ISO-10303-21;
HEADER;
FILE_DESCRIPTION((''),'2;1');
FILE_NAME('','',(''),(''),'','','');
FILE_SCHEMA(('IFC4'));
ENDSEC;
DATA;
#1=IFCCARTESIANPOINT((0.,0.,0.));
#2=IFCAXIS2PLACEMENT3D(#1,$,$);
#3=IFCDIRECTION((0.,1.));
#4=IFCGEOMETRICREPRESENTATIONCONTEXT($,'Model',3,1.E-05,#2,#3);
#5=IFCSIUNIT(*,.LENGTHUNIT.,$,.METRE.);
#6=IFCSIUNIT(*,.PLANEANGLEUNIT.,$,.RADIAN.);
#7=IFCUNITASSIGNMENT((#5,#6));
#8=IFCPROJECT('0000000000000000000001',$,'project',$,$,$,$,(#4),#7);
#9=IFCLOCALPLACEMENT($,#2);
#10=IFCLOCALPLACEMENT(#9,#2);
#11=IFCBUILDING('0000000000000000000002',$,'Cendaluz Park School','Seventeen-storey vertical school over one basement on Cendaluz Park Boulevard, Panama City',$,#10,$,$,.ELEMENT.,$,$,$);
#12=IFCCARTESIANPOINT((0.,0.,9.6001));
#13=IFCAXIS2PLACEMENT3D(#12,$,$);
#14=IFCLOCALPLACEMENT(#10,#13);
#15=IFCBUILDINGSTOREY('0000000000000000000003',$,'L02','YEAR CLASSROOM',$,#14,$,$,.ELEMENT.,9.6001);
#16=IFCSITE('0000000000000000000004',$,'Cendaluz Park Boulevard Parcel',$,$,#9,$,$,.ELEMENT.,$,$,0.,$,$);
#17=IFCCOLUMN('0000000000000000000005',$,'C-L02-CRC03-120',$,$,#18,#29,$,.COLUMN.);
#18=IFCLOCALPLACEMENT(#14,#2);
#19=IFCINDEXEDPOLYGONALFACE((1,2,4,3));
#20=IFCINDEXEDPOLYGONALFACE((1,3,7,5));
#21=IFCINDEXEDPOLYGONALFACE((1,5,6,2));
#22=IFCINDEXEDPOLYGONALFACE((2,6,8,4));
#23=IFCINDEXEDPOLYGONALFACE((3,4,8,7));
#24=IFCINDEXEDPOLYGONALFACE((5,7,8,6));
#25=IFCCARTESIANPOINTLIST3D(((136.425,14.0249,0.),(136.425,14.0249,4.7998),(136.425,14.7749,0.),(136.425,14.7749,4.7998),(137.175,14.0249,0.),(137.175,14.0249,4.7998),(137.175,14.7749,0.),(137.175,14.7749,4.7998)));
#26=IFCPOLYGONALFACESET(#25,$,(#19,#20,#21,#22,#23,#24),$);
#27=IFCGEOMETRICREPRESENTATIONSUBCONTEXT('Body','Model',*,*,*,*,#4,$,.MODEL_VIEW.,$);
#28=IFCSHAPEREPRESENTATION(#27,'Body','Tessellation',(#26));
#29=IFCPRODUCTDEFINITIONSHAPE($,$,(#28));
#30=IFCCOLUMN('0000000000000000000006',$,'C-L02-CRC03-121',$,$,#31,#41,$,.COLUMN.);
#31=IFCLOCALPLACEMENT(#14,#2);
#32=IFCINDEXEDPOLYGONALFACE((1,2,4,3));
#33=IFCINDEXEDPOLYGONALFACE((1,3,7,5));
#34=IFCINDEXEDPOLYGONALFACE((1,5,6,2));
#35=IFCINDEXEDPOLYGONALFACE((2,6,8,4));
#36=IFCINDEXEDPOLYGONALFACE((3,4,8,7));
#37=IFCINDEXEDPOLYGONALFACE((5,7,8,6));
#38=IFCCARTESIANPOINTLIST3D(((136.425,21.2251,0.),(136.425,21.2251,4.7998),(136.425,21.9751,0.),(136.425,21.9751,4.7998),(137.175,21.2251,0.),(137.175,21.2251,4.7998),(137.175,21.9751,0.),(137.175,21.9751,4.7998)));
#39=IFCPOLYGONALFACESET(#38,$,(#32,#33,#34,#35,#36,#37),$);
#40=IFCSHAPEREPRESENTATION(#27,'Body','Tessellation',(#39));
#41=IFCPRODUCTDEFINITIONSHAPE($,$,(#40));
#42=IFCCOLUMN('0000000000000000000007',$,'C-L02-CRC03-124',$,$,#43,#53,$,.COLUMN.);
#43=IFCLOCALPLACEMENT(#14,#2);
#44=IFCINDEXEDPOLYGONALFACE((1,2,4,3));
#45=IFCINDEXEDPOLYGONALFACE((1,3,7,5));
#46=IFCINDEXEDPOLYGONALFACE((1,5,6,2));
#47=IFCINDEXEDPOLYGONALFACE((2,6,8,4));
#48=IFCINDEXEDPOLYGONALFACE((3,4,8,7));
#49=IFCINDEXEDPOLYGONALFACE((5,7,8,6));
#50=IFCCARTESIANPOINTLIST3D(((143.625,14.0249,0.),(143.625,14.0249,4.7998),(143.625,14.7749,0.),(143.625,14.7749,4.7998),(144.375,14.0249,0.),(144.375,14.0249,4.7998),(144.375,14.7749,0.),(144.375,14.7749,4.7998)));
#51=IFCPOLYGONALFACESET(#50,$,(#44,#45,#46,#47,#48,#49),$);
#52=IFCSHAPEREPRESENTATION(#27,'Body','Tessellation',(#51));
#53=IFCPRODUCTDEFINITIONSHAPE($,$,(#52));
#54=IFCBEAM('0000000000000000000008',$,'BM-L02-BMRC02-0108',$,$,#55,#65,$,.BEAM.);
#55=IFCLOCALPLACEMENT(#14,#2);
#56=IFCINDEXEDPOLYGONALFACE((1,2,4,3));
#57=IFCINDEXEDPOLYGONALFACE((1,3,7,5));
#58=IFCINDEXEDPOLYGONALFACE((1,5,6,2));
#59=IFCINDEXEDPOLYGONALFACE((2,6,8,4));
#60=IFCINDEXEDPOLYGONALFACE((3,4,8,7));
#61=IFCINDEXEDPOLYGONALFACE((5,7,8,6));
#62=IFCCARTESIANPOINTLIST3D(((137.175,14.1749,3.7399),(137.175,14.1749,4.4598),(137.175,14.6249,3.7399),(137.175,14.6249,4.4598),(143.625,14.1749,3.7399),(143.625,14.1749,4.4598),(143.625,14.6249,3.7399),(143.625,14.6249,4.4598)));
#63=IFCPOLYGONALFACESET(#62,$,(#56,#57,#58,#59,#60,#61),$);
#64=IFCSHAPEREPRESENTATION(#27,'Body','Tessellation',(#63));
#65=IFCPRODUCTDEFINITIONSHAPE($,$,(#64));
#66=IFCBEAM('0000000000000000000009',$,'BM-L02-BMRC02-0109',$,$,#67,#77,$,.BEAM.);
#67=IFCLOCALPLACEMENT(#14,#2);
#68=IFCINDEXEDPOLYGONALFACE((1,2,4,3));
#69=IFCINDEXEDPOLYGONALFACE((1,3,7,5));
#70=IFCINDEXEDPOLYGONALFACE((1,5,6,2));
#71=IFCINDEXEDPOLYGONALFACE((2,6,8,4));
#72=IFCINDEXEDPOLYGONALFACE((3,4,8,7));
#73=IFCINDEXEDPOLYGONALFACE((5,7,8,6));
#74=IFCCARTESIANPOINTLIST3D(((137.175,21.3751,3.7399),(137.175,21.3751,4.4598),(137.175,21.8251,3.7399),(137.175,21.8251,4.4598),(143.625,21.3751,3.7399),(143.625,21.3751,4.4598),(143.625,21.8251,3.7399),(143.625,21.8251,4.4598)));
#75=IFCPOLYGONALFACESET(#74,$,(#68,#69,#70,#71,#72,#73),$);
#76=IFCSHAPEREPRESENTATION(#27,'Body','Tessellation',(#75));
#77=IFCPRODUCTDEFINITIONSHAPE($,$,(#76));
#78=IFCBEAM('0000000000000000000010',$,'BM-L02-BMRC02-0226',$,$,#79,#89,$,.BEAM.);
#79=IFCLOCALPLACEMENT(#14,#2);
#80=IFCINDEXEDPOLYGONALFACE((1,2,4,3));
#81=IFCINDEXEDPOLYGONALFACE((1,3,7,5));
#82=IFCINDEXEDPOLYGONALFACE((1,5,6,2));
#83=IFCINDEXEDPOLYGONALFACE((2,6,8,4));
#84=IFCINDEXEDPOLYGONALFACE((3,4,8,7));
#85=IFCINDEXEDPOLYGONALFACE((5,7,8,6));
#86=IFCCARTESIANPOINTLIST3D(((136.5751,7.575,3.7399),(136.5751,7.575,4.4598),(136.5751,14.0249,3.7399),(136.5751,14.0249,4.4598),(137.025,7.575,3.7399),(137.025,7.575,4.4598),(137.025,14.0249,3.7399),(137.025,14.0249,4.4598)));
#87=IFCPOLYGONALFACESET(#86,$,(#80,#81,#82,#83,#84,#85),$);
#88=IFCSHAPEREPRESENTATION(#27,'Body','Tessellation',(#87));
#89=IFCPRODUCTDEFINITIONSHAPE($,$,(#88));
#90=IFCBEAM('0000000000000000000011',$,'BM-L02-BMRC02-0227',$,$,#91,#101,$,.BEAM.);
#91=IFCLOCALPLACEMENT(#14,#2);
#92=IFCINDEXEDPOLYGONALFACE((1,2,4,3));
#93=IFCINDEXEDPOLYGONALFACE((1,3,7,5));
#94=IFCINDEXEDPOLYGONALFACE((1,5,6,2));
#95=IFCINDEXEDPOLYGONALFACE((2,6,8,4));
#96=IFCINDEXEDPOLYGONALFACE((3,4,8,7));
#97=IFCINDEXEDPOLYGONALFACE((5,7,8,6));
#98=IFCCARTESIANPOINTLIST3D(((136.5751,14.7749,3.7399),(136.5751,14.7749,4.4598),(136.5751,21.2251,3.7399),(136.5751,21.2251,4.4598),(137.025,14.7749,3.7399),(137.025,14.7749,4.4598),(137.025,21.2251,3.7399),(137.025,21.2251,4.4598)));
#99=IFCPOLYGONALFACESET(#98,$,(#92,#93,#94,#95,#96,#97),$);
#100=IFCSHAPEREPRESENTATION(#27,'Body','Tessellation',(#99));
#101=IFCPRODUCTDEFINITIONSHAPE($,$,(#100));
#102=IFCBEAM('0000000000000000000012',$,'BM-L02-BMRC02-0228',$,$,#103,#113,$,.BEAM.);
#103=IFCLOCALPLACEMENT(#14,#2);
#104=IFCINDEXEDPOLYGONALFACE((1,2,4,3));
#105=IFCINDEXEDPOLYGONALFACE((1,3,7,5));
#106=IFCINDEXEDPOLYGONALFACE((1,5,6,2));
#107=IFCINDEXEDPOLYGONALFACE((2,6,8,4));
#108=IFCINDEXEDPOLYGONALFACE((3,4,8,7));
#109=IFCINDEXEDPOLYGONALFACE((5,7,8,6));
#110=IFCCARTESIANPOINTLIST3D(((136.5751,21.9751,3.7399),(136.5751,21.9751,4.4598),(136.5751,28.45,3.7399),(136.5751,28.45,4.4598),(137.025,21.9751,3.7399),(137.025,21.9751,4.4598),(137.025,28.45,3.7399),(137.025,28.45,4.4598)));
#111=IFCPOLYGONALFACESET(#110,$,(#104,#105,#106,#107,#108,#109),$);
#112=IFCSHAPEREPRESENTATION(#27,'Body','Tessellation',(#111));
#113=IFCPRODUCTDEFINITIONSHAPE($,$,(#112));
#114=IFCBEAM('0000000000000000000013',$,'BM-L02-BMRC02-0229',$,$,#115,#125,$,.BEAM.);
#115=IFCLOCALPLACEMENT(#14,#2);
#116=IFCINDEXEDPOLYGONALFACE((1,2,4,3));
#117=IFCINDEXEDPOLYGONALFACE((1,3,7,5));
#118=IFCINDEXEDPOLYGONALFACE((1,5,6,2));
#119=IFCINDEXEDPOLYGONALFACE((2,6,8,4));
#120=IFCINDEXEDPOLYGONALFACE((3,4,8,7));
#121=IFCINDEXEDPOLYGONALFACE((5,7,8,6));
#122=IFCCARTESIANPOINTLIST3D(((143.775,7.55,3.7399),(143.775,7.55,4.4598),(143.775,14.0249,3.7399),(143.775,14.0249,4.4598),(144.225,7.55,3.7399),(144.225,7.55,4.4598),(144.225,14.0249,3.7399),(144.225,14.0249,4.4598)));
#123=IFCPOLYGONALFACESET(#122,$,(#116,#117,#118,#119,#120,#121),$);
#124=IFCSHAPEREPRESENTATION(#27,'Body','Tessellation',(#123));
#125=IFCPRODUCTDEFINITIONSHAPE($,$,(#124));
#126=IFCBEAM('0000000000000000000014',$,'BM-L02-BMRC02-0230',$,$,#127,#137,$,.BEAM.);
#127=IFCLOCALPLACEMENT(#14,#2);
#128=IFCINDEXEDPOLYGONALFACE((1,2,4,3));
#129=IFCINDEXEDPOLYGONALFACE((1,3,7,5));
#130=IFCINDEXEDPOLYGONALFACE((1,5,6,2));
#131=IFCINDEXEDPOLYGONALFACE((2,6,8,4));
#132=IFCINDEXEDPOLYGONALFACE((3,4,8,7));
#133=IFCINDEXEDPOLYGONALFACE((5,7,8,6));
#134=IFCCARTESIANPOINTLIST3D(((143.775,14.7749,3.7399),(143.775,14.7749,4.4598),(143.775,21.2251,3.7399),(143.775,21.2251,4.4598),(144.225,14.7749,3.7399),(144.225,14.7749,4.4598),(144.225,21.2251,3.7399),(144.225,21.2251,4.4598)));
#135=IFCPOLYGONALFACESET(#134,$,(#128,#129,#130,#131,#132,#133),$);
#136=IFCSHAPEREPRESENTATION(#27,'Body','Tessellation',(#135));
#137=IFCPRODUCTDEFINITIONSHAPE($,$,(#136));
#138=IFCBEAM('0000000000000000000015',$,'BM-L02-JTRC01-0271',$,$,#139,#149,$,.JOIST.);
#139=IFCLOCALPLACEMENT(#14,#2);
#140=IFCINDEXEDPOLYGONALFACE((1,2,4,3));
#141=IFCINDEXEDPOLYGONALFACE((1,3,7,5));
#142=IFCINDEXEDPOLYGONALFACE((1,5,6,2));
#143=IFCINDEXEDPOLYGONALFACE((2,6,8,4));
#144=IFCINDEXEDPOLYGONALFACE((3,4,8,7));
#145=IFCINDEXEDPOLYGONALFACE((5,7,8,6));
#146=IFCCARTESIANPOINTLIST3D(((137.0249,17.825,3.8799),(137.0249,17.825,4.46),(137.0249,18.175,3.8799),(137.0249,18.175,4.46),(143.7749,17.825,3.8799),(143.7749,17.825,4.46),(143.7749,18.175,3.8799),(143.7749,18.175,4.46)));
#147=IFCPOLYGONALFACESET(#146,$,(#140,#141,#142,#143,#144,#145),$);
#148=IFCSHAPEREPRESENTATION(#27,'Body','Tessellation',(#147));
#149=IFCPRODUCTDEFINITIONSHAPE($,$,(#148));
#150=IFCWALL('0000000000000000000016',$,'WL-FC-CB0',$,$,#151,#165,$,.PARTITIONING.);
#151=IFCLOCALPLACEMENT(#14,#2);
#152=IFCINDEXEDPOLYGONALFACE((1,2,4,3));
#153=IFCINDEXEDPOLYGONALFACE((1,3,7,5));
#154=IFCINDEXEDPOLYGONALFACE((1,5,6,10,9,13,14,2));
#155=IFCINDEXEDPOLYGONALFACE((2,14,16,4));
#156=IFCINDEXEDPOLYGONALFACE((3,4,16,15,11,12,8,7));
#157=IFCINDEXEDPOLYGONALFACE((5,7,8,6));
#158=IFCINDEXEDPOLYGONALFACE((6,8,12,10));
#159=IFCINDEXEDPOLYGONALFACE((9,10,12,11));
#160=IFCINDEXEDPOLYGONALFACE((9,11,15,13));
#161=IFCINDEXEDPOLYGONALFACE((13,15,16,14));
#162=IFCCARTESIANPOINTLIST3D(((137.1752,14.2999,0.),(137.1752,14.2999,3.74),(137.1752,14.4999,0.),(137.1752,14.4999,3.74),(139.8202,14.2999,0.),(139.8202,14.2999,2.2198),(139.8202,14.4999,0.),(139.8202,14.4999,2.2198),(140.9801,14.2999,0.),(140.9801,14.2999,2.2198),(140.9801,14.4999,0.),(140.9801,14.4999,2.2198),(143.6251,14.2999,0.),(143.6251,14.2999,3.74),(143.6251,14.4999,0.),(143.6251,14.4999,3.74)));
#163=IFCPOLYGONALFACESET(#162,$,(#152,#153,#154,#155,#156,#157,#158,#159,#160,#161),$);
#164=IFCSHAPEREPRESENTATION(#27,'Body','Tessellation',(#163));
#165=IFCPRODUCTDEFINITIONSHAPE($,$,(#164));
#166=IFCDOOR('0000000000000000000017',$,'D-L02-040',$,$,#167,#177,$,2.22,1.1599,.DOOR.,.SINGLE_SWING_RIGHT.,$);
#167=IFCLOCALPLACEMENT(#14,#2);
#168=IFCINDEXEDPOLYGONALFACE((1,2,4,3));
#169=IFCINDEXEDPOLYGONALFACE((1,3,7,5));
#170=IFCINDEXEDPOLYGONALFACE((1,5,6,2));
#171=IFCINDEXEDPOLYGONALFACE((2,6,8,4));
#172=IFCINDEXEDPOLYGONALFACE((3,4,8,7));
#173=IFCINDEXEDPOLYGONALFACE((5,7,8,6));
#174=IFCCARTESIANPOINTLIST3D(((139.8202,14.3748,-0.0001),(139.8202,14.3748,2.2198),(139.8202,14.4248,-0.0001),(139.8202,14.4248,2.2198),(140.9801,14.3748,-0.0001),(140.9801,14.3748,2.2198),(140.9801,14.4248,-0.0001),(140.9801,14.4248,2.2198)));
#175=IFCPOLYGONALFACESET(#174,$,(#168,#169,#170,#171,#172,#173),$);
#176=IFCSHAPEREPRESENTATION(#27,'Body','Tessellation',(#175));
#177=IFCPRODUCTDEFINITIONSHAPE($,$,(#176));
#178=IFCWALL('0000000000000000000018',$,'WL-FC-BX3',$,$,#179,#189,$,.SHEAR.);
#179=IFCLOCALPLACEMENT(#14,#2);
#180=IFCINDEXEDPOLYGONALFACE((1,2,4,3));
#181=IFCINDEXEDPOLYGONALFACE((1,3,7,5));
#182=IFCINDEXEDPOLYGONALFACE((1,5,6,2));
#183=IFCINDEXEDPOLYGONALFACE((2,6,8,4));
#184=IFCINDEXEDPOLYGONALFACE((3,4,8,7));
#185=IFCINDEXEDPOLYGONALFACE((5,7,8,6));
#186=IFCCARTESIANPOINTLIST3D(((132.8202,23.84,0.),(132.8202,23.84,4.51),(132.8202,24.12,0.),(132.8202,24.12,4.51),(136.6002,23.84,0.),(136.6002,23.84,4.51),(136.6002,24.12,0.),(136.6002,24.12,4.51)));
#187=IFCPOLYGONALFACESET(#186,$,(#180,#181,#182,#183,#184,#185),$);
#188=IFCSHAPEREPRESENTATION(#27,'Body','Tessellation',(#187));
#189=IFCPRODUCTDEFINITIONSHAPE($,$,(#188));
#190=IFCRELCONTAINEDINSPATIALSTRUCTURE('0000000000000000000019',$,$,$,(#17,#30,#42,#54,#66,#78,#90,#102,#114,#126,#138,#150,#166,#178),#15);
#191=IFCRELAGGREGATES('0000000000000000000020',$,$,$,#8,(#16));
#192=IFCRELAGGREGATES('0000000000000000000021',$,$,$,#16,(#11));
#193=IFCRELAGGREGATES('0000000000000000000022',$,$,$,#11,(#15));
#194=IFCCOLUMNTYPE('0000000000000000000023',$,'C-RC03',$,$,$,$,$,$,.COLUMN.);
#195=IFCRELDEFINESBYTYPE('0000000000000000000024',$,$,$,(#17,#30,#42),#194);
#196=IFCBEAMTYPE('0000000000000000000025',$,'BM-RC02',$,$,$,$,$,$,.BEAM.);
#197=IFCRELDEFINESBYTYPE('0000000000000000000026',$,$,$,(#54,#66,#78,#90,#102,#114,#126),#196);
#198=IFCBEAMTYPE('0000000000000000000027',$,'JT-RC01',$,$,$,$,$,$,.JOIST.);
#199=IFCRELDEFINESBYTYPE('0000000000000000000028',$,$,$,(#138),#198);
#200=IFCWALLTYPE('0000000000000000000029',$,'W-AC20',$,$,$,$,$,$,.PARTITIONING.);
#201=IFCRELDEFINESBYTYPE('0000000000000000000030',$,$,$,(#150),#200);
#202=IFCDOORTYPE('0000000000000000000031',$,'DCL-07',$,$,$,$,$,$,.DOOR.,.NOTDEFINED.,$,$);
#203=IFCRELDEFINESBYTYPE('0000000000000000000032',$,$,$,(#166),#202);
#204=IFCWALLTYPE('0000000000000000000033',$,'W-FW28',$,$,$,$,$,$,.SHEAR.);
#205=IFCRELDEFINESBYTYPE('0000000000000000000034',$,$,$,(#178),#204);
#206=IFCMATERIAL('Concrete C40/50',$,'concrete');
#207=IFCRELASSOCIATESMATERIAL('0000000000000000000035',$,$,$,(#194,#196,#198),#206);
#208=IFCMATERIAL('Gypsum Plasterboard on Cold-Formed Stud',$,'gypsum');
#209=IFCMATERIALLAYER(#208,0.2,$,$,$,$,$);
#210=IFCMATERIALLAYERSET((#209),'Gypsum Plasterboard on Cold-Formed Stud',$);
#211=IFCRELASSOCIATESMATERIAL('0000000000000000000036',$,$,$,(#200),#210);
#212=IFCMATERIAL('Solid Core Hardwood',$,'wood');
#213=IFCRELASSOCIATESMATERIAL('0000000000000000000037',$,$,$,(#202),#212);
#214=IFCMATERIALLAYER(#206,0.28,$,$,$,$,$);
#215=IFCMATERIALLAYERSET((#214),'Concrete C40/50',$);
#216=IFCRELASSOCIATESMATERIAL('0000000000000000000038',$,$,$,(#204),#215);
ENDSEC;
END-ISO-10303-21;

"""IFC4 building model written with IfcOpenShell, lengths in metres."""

from ifc_helpers import new_model, si_unit, direction, frame, frame_2d, origin, origin_2d, place, context, subcontext, project, spatial, rectangle, extrude, material, layer, layer_set, material_profile, profile_set, type_object, element, fill, save


model = new_model("IFC4")

# Units and contexts
model_context = context("Model", 3, precision=1e-05, world=origin(), true_north=direction((0.0, 1.0)))
body_context = subcontext(model_context, "Body", "Model", "MODEL_VIEW")
ifc_project = project(units=[si_unit("LENGTHUNIT", "METRE"), si_unit("PLANEANGLEUNIT", "RADIAN")], contexts=[model_context])

# Site, building, storey
site_placement = place(None, origin())
site = spatial("IfcSite", under=ifc_project, at=site_placement, Name="Cendaluz Park Boulevard Parcel", CompositionType="ELEMENT", RefElevation=0.0)
building_placement = place(site_placement, origin())
building = spatial("IfcBuilding", under=site, at=building_placement, Name="Cendaluz Park School", Description="Seventeen-storey vertical school over one basement on Cendaluz Park Boulevard, Panama City", CompositionType="ELEMENT")
storey_placement = place(building_placement, frame((0.0, 0.0, 9.6001)))
storey = spatial("IfcBuildingStorey", under=building, at=storey_placement, Name="L02", Description="YEAR CLASSROOM", CompositionType="ELEMENT", Elevation=9.6001)

# Columns
ifc_material_1 = material(Name="Concrete C40/50", Category="concrete")
ifc_material_profile_1 = material_profile(ifc_material_1, rectangle(XDim=0.75, YDim=0.75, at=origin_2d()), Name="RC 750x750", Category="concrete")
ifc_profile_set_1 = profile_set([ifc_material_profile_1], Name="Concrete C40/50")
column_type = type_object("IfcColumnType", Name="C-RC03", PredefinedType="COLUMN", material=ifc_profile_set_1)
for number, where, z_axis, x_axis, name in (
    (1, (136.8, 14.3999, 0.0), (0.0, 0.0, 1.0), (1.0, 0.0, 0.0), "C-L02-CRC03-120"),
    (2, (136.8, 21.6001, 0.0), (0.0, 0.0, 1.0), (1.0, 0.0, 0.0), "C-L02-CRC03-121"),
    (3, (144.0, 14.3999, 0.0), (0.0, 0.0, 1.0), (1.0, 0.0, 0.0), "C-L02-CRC03-124"),
):
    element("IfcColumn", number, at=place(storey_placement, frame(where, z_axis=z_axis, x_axis=x_axis)), inside=storey, type_object=column_type, Name=name, PredefinedType="COLUMN", context=body_context, shape_type="SweptSolid", body=[
        extrude(rectangle(XDim=0.75, YDim=0.75, at=origin_2d()), origin(), (0.0, 0.0, 1.0), 4.7998),
    ])

# Beams
ifc_material_profile_2 = material_profile(ifc_material_1, rectangle(XDim=0.45, YDim=0.72, at=origin_2d()), Name="RC 450x720", Category="concrete")
ifc_profile_set_2 = profile_set([ifc_material_profile_2], Name="Concrete C40/50")
beam_type_1 = type_object("IfcBeamType", Name="BM-RC02", PredefinedType="BEAM", material=ifc_profile_set_2)
for number, where, z_axis, x_axis, name in (
    (4, (137.175, 14.3999, 4.0999), (1.0, 0.0, 0.0), (0.0, 1.0, 0.0), "BM-L02-BMRC02-0108"),
    (5, (137.175, 21.6001, 4.0999), (1.0, 0.0, 0.0), (0.0, 1.0, 0.0), "BM-L02-BMRC02-0109"),
    (6, (136.8, 7.575, 4.0999), (0.0, 1.0, 0.0), (-1.0, 0.0, 0.0), "BM-L02-BMRC02-0226"),
):
    element("IfcBeam", number, at=place(storey_placement, frame(where, z_axis=z_axis, x_axis=x_axis)), inside=storey, type_object=beam_type_1, Name=name, PredefinedType="BEAM", context=body_context, shape_type="SweptSolid", body=[
        extrude(rectangle(XDim=0.45, YDim=0.72, at=origin_2d()), origin(), (0.0, 0.0, 1.0), 6.45),
    ])
beam_1_placement = place(storey_placement, frame((136.8, 14.7749, 4.0999), z_axis=(0.0, 1.0, 0.0), x_axis=(-1.0, 0.0, 0.0)))
element("IfcBeam", 7, at=beam_1_placement, inside=storey, type_object=beam_type_1, Name="BM-L02-BMRC02-0227", PredefinedType="BEAM", context=body_context, shape_type="SweptSolid", body=[
    extrude(rectangle(XDim=0.45, YDim=0.72, at=origin_2d()), origin(), (0.0, 0.0, 1.0), 6.4502),
])
for number, where, z_axis, x_axis, name in (
    (8, (136.8, 21.9751, 4.0999), (0.0, 1.0, 0.0), (-1.0, 0.0, 0.0), "BM-L02-BMRC02-0228"),
    (9, (144.0, 7.55, 4.0999), (0.0, 1.0, 0.0), (-1.0, 0.0, 0.0), "BM-L02-BMRC02-0229"),
):
    element("IfcBeam", number, at=place(storey_placement, frame(where, z_axis=z_axis, x_axis=x_axis)), inside=storey, type_object=beam_type_1, Name=name, PredefinedType="BEAM", context=body_context, shape_type="SweptSolid", body=[
        extrude(rectangle(XDim=0.45, YDim=0.72, at=origin_2d()), origin(), (0.0, 0.0, 1.0), 6.4749),
    ])
beam_2_placement = place(storey_placement, frame((144.0, 14.7749, 4.0999), z_axis=(0.0, 1.0, 0.0), x_axis=(-1.0, 0.0, 0.0)))
element("IfcBeam", 10, at=beam_2_placement, inside=storey, type_object=beam_type_1, Name="BM-L02-BMRC02-0230", PredefinedType="BEAM", context=body_context, shape_type="SweptSolid", body=[
    extrude(rectangle(XDim=0.45, YDim=0.72, at=origin_2d()), origin(), (0.0, 0.0, 1.0), 6.4502),
])
ifc_material_profile_3 = material_profile(ifc_material_1, rectangle(XDim=0.3501, YDim=0.5801, at=origin_2d()), Name="RC 350x580", Category="concrete")
ifc_profile_set_3 = profile_set([ifc_material_profile_3], Name="Concrete C40/50")
beam_type_2 = type_object("IfcBeamType", Name="JT-RC01", PredefinedType="JOIST", material=ifc_profile_set_3)
beam_3_placement = place(storey_placement, frame((137.0249, 18.0, 4.1699), z_axis=(1.0, 0.0, 0.0), x_axis=(0.0, 1.0, 0.0)))
element("IfcBeam", 11, at=beam_3_placement, inside=storey, type_object=beam_type_2, Name="BM-L02-JTRC01-0271", PredefinedType="JOIST", context=body_context, shape_type="SweptSolid", body=[
    extrude(rectangle(XDim=0.3501, YDim=0.5801, at=origin_2d()), origin(), (0.0, 0.0, 1.0), 6.75),
])

# Wall, opening, door
ifc_material_2 = material(Name="Gypsum Plasterboard on Cold-Formed Stud", Category="gypsum")
ifc_layer_1 = layer(ifc_material_2, 0.2)
ifc_layer_set_1 = layer_set([ifc_layer_1], Name="Gypsum Plasterboard on Cold-Formed Stud")
wall_type_1 = type_object("IfcWallType", Name="W-AC20", PredefinedType="PARTITIONING", material=ifc_layer_set_1)
wall_1_placement = place(storey_placement, frame((137.175, 14.3999, 0.0), z_axis=(0.0, 0.0, 1.0), x_axis=(1.0, 0.0, 0.0)))
wall_1 = element("IfcWall", 12, at=wall_1_placement, inside=storey, type_object=wall_type_1, Name="WL-FC-CB0", PredefinedType="PARTITIONING", context=body_context, shape_type="SweptSolid", body=[
    extrude(rectangle(XDim=6.45, YDim=0.2, at=frame_2d((3.2251, 0.0))), origin(), (0.0, 0.0, 1.0), 3.74),
])
opening_1_placement = place(wall_1_placement, frame((2.645, 0.0, 0.0)))
opening_1 = element("IfcOpeningElement", 13, at=opening_1_placement, cuts=wall_1, PredefinedType="OPENING", context=body_context, shape_type="SweptSolid", body=[
    extrude(rectangle(XDim=1.1599, YDim=2.22, at=frame_2d((0.5801, 1.1099))), frame((0.0, 0.1121, 0.0), z_axis=(0.0, -1.0, 0.0), x_axis=(1.0, 0.0, 0.0)), (0.0, 0.0, 1.0), 0.2239),
])
ifc_material_3 = material(Name="Solid Core Hardwood", Category="wood")
door_type_1 = type_object("IfcDoorType", Name="DCL-07", OperationType="NOTDEFINED", PredefinedType="DOOR", material=ifc_material_3)
door_1_placement = place(opening_1_placement, origin())
door_1 = element("IfcDoor", 14, at=door_1_placement, inside=storey, type_object=door_type_1, Name="D-L02-040", OperationType="SINGLE_SWING_RIGHT", OverallHeight=2.22, OverallWidth=1.1599, PredefinedType="DOOR", context=body_context, shape_type="SweptSolid", body=[
    extrude(rectangle(XDim=1.1599, YDim=2.22, at=frame_2d((0.5801, 1.1099))), frame((0.0, 0.0249, 0.0), z_axis=(0.0, -1.0, 0.0), x_axis=(1.0, 0.0, 0.0)), (0.0, 0.0, 1.0), 0.05),
])
fill(opening_1, door_1)

# Shared definitions
ifc_layer_2 = layer(ifc_material_1, 0.28)
ifc_layer_set_2 = layer_set([ifc_layer_2], Name="Concrete C40/50")
wall_type_2 = type_object("IfcWallType", Name="W-FW28", PredefinedType="SHEAR", material=ifc_layer_set_2)

# Wall
wall_2_placement = place(storey_placement, frame((132.8201, 23.98, 0.0), z_axis=(0.0, 0.0, 1.0), x_axis=(1.0, 0.0, 0.0)))
element("IfcWall", 15, at=wall_2_placement, inside=storey, type_object=wall_type_2, Name="WL-FC-BX3", PredefinedType="SHEAR", context=body_context, shape_type="SweptSolid", body=[
    extrude(rectangle(XDim=3.78, YDim=0.28, at=frame_2d((1.8901, 0.0))), origin(), (0.0, 0.0, 1.0), 4.51),
])

save(model, "model.ifc")
